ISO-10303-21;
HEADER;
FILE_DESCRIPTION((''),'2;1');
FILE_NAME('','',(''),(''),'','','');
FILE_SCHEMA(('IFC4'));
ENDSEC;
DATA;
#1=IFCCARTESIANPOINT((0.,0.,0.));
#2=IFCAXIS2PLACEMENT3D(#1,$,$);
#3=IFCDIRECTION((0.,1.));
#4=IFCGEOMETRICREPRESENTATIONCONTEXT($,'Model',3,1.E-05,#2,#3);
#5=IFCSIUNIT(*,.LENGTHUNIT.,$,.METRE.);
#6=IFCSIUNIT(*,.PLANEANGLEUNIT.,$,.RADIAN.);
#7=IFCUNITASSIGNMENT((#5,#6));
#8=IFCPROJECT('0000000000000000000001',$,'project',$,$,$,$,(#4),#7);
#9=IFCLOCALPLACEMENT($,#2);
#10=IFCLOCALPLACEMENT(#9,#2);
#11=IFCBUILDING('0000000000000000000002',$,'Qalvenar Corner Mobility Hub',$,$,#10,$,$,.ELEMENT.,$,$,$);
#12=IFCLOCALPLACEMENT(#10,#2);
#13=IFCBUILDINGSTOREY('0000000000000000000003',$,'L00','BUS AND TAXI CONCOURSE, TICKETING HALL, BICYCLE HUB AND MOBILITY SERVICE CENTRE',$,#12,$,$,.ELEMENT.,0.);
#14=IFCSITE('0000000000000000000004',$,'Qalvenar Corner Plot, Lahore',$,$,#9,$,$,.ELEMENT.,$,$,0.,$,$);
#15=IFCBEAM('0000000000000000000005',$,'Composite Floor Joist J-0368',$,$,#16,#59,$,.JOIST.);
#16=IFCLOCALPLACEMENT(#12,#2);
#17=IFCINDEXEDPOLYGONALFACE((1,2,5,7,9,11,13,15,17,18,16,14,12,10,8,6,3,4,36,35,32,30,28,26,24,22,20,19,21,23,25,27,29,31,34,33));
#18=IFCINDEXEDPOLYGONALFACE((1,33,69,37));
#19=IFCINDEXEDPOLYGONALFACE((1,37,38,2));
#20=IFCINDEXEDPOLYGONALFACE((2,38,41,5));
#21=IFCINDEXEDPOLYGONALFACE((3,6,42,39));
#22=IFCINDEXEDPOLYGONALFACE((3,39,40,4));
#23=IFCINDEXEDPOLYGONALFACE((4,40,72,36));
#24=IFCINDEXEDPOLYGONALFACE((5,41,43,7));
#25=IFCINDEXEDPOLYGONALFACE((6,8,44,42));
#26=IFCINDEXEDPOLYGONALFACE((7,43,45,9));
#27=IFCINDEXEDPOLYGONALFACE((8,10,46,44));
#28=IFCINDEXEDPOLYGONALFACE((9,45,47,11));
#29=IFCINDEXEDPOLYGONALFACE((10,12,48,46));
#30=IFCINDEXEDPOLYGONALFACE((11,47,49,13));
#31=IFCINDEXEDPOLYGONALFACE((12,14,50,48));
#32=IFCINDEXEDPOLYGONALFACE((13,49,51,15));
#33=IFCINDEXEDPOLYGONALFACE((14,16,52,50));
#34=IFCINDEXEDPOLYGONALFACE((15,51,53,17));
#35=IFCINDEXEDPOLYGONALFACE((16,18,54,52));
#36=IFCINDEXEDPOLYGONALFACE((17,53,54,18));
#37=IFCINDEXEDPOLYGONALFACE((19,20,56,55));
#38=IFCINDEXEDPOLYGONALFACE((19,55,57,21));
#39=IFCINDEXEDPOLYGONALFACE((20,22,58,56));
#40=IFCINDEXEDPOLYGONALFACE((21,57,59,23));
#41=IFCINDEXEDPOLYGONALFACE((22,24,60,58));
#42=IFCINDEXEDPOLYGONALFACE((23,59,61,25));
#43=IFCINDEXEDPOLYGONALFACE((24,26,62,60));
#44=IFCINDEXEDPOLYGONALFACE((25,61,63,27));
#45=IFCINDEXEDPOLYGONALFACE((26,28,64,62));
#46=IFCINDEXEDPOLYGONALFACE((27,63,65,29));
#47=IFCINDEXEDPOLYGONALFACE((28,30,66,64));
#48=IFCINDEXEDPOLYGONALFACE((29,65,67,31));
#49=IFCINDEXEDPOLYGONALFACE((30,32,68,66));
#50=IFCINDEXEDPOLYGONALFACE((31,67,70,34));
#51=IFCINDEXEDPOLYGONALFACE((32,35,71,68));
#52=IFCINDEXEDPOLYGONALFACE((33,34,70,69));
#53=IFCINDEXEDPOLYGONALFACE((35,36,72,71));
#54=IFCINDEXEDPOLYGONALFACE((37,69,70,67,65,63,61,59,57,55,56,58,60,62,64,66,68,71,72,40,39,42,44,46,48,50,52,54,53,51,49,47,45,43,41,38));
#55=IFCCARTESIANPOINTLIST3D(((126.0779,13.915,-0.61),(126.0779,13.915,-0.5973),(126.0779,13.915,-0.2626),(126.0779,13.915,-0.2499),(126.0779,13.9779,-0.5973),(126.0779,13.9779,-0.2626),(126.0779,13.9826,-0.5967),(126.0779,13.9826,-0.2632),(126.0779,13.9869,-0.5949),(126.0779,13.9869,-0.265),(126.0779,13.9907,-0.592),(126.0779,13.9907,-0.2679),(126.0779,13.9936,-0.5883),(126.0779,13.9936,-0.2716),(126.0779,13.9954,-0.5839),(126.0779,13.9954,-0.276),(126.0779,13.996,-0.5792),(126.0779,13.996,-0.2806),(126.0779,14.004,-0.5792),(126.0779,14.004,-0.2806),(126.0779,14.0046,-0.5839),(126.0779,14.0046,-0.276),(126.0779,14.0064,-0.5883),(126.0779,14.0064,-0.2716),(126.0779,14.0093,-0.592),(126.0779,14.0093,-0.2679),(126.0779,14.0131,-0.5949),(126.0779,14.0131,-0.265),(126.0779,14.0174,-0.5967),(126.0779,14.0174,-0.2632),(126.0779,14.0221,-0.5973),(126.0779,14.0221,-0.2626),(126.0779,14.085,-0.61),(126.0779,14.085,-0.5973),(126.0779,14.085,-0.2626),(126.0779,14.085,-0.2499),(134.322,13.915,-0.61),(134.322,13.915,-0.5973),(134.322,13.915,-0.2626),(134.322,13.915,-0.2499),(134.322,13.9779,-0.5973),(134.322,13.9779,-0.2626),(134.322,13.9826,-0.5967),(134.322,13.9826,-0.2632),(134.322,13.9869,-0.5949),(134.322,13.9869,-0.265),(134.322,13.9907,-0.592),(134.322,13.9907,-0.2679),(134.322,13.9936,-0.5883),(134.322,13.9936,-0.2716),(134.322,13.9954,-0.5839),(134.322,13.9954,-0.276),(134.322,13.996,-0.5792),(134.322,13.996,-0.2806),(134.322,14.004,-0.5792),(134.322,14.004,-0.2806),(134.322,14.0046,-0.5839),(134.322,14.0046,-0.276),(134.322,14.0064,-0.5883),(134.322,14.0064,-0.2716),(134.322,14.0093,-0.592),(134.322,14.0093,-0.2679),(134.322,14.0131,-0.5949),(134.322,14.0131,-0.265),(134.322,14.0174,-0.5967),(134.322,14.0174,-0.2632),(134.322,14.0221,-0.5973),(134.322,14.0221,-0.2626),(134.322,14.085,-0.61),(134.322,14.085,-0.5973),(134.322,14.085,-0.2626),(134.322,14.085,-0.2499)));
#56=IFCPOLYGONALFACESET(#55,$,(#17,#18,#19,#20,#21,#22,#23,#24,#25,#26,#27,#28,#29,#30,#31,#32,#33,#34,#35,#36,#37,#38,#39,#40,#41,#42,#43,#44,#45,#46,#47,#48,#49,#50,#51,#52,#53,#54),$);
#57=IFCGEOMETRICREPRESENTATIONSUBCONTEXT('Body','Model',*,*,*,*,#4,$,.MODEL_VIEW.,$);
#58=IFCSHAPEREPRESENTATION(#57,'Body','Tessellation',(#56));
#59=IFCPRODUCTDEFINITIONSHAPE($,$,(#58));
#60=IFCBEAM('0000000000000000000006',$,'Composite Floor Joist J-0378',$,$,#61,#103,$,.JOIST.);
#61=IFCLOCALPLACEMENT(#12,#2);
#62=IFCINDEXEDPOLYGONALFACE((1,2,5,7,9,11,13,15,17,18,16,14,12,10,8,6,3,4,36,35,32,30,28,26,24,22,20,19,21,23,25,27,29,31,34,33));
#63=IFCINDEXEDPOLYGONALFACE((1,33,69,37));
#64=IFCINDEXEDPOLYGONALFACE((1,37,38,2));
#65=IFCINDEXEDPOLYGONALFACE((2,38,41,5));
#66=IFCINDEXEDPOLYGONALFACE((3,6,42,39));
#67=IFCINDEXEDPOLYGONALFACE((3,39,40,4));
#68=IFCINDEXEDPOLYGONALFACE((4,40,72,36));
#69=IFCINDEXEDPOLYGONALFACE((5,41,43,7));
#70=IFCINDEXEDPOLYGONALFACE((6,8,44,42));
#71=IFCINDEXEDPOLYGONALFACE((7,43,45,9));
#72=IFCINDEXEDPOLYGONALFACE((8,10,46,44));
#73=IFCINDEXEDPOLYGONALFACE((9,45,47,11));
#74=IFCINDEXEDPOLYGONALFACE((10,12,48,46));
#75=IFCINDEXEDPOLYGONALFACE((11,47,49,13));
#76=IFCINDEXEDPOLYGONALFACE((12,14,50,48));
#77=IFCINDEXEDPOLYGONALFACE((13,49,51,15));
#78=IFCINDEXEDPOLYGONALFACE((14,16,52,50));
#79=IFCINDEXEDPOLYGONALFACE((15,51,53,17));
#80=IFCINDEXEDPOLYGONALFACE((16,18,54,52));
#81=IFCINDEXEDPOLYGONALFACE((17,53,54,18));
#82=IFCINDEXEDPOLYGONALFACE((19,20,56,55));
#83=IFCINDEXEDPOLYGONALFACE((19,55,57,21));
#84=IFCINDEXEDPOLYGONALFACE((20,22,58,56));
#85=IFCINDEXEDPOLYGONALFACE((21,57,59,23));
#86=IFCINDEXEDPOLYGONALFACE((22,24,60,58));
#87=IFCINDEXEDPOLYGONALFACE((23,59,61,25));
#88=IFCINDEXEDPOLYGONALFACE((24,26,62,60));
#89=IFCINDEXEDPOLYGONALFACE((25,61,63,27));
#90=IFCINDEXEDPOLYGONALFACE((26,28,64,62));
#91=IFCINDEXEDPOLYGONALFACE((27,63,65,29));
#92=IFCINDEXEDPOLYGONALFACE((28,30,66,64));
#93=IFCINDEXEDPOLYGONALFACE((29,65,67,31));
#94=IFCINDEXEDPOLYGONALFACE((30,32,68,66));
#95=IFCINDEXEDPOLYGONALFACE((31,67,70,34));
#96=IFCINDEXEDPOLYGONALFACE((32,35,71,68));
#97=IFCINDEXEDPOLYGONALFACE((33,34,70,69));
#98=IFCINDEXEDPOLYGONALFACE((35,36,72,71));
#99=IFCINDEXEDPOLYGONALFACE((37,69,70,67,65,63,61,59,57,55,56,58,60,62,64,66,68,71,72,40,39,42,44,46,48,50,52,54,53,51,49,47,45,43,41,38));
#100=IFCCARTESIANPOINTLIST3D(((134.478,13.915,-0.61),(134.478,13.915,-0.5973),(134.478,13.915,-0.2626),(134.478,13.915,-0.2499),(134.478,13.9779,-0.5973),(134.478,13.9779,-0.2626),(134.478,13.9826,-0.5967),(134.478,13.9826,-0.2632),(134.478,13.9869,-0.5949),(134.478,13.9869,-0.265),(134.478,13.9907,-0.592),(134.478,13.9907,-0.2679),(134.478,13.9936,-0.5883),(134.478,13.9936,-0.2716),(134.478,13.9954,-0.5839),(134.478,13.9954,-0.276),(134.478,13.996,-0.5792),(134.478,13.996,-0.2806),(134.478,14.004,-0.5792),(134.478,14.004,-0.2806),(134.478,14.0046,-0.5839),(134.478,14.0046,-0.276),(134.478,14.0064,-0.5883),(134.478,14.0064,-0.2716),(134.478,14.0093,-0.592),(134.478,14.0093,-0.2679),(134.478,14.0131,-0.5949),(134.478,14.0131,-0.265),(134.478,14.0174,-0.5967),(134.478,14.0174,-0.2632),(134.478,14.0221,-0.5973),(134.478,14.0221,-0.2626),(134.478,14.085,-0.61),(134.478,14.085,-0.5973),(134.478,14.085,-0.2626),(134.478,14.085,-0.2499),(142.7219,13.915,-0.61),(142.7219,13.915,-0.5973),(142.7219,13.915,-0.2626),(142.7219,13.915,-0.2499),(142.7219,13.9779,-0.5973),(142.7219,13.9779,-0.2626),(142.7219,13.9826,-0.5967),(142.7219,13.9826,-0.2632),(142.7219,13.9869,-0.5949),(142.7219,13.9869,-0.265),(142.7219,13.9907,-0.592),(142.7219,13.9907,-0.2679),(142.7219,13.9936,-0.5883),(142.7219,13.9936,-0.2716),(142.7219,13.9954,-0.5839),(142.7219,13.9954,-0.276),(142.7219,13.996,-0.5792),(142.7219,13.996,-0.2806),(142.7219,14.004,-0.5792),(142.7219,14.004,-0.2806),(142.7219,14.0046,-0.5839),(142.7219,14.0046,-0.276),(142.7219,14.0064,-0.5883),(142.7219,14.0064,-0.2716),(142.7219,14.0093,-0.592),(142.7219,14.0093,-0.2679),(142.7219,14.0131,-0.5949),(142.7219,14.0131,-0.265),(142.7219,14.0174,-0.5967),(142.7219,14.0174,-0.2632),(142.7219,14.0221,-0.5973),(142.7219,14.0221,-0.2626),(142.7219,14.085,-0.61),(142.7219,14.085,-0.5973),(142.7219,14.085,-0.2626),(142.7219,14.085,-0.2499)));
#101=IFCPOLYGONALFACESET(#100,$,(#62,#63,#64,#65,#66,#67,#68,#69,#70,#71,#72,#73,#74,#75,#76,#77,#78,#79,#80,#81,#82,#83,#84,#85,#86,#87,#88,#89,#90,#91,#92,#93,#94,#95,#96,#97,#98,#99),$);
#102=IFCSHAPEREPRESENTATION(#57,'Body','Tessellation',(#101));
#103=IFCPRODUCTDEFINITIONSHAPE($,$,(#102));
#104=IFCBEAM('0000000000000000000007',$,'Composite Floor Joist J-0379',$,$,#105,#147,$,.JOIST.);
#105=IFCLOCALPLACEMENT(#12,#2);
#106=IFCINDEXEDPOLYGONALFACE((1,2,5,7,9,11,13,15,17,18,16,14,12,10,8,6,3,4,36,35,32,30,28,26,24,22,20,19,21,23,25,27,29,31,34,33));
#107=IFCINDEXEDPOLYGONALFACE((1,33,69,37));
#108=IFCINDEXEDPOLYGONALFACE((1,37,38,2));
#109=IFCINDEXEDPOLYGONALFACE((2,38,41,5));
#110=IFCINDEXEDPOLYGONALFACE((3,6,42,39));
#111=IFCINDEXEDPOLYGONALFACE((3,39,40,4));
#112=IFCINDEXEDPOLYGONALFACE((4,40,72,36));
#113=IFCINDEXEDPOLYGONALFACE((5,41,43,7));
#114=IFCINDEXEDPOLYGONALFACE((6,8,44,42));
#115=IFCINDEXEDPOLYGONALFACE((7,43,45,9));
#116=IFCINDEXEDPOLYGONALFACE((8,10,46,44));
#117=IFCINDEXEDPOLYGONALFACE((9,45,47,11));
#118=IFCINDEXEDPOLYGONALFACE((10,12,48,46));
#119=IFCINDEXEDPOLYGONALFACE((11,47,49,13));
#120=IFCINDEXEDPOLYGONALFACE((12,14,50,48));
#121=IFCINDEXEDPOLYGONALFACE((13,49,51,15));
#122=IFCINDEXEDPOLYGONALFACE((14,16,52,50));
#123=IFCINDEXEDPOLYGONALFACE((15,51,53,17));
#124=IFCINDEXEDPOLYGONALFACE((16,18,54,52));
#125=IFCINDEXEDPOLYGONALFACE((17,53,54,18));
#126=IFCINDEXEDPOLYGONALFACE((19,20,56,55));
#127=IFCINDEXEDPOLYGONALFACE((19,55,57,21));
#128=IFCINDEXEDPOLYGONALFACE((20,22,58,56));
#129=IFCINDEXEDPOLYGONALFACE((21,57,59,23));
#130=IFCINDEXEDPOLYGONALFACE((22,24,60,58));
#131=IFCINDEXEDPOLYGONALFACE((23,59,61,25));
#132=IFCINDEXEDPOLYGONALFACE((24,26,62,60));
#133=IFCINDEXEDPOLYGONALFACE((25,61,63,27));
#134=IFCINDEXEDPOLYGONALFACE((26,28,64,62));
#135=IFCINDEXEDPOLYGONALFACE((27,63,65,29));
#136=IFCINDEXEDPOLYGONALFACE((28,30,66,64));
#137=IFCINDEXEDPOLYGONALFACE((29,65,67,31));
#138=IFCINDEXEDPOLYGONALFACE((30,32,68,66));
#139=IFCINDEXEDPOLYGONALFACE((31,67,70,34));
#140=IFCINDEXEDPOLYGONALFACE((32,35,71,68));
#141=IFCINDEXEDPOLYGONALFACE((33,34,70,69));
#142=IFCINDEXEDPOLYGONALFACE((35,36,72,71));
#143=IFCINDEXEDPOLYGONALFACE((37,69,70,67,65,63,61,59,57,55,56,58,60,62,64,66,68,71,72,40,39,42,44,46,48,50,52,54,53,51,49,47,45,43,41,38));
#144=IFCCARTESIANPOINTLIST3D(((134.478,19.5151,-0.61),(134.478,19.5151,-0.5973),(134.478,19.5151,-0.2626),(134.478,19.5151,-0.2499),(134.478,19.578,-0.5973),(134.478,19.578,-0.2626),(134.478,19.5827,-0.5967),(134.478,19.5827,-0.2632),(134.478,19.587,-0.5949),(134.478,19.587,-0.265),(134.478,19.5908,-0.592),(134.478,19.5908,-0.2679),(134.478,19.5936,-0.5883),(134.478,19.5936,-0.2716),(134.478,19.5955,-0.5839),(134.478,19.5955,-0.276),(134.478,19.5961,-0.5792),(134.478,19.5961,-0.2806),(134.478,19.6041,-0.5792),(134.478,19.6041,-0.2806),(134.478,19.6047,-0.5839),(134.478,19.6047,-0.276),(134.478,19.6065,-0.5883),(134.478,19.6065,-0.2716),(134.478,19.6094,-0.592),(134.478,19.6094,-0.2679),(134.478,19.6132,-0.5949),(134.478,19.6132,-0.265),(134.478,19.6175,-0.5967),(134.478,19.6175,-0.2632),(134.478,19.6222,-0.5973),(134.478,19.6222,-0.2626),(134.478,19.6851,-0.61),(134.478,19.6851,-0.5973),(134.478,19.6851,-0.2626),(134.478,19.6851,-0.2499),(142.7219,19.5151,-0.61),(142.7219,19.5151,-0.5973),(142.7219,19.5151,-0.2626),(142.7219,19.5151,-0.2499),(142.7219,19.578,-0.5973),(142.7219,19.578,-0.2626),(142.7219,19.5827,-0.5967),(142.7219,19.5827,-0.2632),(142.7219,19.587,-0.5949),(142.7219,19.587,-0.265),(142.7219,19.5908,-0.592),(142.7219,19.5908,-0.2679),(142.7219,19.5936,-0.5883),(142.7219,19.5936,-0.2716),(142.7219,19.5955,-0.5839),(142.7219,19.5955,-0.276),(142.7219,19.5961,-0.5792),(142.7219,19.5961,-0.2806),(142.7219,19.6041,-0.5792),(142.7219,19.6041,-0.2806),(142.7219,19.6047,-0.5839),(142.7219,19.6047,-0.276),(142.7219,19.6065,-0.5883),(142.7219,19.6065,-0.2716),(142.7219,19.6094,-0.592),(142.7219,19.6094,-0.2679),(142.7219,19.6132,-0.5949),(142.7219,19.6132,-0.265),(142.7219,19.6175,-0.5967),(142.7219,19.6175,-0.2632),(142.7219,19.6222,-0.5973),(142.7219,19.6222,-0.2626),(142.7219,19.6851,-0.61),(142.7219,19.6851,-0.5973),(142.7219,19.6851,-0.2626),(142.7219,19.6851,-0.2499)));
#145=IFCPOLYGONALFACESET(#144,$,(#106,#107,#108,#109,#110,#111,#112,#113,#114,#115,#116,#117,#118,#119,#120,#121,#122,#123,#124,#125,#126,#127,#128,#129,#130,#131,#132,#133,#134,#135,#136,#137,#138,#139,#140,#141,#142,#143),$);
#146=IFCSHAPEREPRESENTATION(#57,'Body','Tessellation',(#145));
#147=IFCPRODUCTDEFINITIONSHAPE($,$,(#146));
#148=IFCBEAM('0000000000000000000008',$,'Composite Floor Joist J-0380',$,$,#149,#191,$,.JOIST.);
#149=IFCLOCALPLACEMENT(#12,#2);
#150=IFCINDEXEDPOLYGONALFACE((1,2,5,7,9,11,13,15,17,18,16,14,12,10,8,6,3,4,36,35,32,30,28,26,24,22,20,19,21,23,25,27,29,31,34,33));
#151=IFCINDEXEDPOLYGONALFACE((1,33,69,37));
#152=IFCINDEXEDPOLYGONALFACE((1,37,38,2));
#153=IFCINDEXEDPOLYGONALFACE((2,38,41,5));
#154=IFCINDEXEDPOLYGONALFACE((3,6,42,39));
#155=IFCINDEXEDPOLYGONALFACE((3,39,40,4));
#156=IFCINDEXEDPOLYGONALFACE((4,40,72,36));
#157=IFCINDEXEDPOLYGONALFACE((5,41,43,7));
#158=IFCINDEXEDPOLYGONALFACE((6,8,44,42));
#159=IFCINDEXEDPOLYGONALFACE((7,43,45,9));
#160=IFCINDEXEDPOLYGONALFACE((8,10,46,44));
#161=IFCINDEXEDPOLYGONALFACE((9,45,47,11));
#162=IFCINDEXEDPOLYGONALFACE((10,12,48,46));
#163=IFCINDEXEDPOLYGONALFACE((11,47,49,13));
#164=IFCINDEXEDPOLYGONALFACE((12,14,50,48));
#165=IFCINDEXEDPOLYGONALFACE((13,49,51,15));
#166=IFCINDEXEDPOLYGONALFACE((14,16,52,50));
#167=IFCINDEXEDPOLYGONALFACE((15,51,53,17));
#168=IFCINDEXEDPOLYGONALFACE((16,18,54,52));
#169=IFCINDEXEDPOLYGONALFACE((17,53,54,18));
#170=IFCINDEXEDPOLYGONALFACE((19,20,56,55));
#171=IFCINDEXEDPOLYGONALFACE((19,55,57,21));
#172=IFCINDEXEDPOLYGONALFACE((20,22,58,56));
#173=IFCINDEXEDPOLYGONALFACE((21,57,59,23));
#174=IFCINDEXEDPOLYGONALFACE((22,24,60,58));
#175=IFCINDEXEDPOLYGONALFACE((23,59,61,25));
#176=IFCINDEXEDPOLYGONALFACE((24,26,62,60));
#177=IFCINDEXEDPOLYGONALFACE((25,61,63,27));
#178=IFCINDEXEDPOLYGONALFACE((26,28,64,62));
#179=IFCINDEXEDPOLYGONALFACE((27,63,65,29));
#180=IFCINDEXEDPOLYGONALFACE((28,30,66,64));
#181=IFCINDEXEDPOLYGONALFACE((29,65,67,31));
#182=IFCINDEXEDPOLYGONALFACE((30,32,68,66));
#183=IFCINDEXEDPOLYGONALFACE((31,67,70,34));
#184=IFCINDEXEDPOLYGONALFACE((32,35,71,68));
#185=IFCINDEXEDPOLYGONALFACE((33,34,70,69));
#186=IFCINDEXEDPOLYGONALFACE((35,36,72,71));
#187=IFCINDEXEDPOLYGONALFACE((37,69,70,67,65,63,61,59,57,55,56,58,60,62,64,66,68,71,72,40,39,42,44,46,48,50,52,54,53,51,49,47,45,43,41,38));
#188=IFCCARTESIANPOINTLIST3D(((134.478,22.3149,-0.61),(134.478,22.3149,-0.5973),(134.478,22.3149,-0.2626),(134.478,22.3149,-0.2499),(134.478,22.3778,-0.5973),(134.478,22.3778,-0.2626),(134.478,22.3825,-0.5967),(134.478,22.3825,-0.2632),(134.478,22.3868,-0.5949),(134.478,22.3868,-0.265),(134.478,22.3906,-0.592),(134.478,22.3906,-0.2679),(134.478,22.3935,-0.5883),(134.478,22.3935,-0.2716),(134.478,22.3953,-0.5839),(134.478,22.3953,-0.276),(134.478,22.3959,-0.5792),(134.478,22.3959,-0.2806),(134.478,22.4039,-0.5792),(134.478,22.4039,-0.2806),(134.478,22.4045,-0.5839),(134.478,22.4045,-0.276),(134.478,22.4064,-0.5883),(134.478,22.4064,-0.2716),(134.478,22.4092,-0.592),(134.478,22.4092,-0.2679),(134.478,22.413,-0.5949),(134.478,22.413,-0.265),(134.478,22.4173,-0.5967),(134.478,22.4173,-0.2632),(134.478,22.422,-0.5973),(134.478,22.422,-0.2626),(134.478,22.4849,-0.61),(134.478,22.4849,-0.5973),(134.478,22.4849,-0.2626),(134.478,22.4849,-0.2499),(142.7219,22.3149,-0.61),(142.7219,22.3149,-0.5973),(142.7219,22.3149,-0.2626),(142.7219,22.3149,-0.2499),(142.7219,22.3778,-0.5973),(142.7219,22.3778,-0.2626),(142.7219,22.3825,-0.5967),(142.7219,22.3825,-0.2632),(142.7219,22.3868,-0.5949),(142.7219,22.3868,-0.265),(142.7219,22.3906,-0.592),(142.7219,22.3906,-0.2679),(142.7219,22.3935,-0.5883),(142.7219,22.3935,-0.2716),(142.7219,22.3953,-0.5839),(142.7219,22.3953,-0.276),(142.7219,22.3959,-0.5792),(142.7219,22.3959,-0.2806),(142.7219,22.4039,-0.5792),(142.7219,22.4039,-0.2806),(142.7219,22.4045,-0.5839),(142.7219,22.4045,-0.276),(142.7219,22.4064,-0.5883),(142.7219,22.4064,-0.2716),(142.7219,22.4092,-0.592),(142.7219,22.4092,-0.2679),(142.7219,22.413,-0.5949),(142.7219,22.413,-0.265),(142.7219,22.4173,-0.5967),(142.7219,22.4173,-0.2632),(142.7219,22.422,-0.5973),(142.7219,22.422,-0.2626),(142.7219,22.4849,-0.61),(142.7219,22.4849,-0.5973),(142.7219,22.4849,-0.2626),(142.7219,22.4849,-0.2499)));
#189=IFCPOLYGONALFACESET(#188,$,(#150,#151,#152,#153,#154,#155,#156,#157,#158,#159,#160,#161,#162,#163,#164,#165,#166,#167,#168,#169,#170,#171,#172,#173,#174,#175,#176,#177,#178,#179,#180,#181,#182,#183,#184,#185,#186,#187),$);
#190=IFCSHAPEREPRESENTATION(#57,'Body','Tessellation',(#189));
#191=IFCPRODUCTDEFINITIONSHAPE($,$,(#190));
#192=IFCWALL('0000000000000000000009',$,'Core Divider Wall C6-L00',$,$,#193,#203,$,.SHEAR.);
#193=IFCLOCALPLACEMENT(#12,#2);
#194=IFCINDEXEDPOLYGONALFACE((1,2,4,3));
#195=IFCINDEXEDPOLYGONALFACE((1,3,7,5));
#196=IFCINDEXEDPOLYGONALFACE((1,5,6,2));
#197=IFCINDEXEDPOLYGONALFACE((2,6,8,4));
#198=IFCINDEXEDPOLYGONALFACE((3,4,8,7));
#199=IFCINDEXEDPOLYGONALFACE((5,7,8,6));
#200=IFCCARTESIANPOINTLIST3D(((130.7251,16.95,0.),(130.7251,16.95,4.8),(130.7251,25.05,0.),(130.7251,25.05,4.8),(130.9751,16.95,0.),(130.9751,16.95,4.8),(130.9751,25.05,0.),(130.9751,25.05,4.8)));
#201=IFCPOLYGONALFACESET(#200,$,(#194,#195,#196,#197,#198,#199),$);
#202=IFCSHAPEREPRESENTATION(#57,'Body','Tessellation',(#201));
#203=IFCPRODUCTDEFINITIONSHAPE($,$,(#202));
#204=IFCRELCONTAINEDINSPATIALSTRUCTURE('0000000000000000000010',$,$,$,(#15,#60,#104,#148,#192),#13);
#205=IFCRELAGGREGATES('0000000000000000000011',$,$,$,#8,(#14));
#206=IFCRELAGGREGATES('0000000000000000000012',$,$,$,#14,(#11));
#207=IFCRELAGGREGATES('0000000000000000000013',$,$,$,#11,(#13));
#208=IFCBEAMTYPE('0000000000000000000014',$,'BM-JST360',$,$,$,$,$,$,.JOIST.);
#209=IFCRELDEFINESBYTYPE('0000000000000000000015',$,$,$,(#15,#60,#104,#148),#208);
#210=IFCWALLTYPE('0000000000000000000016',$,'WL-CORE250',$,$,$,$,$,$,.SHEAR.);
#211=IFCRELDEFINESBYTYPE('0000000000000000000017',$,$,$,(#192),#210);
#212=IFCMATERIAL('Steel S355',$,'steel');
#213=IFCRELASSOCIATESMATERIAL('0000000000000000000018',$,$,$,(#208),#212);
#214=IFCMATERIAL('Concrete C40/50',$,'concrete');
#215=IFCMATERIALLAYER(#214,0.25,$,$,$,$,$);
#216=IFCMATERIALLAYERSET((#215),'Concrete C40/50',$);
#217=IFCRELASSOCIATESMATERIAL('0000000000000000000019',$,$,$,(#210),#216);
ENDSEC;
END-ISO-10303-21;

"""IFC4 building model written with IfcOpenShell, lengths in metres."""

from ifc_helpers import new_model, si_unit, direction, frame, frame_2d, origin, origin_2d, place, context, subcontext, project, spatial, rectangle, i_section, extrude, material, layer, layer_set, material_profile, profile_set, type_object, element, save


model = new_model("IFC4")

# Units and contexts
model_context = context("Model", 3, precision=1e-05, world=origin(), true_north=direction((0.0, 1.0)))
body_context = subcontext(model_context, "Body", "Model", "MODEL_VIEW")
ifc_project = project(units=[si_unit("LENGTHUNIT", "METRE"), si_unit("PLANEANGLEUNIT", "RADIAN")], contexts=[model_context])

# Site, building, storey
site_placement = place(None, origin())
site = spatial("IfcSite", under=ifc_project, at=site_placement, Name="Qalvenar Corner Plot, Lahore", CompositionType="ELEMENT", RefElevation=0.0)
building_placement = place(site_placement, origin())
building = spatial("IfcBuilding", under=site, at=building_placement, Name="Qalvenar Corner Mobility Hub", CompositionType="ELEMENT")
storey_placement = place(building_placement, origin())
storey = spatial("IfcBuildingStorey", under=building, at=storey_placement, Name="L00", Description="BUS AND TAXI CONCOURSE, TICKETING HALL, BICYCLE HUB AND MOBILITY SERVICE CENTRE", CompositionType="ELEMENT", Elevation=0.0)

# Beams
ifc_material_1 = material(Name="Steel S355", Category="steel")
ifc_material_profile_1 = material_profile(ifc_material_1, i_section(OverallWidth=0.1699, OverallDepth=0.3601, WebThickness=0.0081, FlangeThickness=0.0127, FilletRadius=0.0181, at=origin_2d()), Name="IPE360")
ifc_profile_set_1 = profile_set([ifc_material_profile_1], Name="Steel S355")
beam_type_1 = type_object("IfcBeamType", Name="BM-JST360", PredefinedType="JOIST", material=ifc_profile_set_1)
beam_1_placement = place(storey_placement, frame((126.0779, 14.0, -0.4299), z_axis=(1.0, 0.0, 0.0), x_axis=(0.0, 1.0, 0.0)))
element("IfcBeam", 1, at=beam_1_placement, inside=storey, type_object=beam_type_1, Name="Composite Floor Joist J-0368", PredefinedType="JOIST", context=body_context, shape_type="SweptSolid", body=[
    extrude(i_section(OverallWidth=0.1699, OverallDepth=0.3601, WebThickness=0.0081, FlangeThickness=0.0127, FilletRadius=0.0181, at=origin_2d()), origin(), (0.0, 0.0, 1.0), 8.2441),
])
for number, where, z_axis, x_axis, name in (
    (2, (134.478, 14.0, -0.4299), (1.0, 0.0, 0.0), (0.0, 1.0, 0.0), "Composite Floor Joist J-0378"),
    (3, (134.478, 19.6001, -0.4299), (1.0, 0.0, 0.0), (0.0, 1.0, 0.0), "Composite Floor Joist J-0379"),
    (4, (134.478, 22.3999, -0.4299), (1.0, 0.0, 0.0), (0.0, 1.0, 0.0), "Composite Floor Joist J-0380"),
):
    element("IfcBeam", number, at=place(storey_placement, frame(where, z_axis=z_axis, x_axis=x_axis)), inside=storey, type_object=beam_type_1, Name=name, PredefinedType="JOIST", context=body_context, shape_type="SweptSolid", body=[
        extrude(i_section(OverallWidth=0.1699, OverallDepth=0.3601, WebThickness=0.0081, FlangeThickness=0.0127, FilletRadius=0.0181, at=origin_2d()), origin(), (0.0, 0.0, 1.0), 8.2439),
    ])

# Wall
ifc_material_2 = material(Name="Concrete C40/50", Category="concrete")
ifc_layer_1 = layer(ifc_material_2, 0.25)
ifc_layer_set_1 = layer_set([ifc_layer_1], Name="Concrete C40/50")
wall_type_1 = type_object("IfcWallType", Name="WL-CORE250", PredefinedType="SHEAR", material=ifc_layer_set_1)
wall_1_placement = place(storey_placement, frame((130.8501, 16.95, 0.0), z_axis=(0.0, 0.0, 1.0), x_axis=(0.0, 1.0, 0.0)))
element("IfcWall", 5, at=wall_1_placement, inside=storey, type_object=wall_type_1, Name="Core Divider Wall C6-L00", PredefinedType="SHEAR", context=body_context, shape_type="SweptSolid", body=[
    extrude(rectangle(XDim=8.1001, YDim=0.25, at=frame_2d((4.05, 0.0))), origin(), (0.0, 0.0, 1.0), 4.8),
])

save(model, "model.ifc")
